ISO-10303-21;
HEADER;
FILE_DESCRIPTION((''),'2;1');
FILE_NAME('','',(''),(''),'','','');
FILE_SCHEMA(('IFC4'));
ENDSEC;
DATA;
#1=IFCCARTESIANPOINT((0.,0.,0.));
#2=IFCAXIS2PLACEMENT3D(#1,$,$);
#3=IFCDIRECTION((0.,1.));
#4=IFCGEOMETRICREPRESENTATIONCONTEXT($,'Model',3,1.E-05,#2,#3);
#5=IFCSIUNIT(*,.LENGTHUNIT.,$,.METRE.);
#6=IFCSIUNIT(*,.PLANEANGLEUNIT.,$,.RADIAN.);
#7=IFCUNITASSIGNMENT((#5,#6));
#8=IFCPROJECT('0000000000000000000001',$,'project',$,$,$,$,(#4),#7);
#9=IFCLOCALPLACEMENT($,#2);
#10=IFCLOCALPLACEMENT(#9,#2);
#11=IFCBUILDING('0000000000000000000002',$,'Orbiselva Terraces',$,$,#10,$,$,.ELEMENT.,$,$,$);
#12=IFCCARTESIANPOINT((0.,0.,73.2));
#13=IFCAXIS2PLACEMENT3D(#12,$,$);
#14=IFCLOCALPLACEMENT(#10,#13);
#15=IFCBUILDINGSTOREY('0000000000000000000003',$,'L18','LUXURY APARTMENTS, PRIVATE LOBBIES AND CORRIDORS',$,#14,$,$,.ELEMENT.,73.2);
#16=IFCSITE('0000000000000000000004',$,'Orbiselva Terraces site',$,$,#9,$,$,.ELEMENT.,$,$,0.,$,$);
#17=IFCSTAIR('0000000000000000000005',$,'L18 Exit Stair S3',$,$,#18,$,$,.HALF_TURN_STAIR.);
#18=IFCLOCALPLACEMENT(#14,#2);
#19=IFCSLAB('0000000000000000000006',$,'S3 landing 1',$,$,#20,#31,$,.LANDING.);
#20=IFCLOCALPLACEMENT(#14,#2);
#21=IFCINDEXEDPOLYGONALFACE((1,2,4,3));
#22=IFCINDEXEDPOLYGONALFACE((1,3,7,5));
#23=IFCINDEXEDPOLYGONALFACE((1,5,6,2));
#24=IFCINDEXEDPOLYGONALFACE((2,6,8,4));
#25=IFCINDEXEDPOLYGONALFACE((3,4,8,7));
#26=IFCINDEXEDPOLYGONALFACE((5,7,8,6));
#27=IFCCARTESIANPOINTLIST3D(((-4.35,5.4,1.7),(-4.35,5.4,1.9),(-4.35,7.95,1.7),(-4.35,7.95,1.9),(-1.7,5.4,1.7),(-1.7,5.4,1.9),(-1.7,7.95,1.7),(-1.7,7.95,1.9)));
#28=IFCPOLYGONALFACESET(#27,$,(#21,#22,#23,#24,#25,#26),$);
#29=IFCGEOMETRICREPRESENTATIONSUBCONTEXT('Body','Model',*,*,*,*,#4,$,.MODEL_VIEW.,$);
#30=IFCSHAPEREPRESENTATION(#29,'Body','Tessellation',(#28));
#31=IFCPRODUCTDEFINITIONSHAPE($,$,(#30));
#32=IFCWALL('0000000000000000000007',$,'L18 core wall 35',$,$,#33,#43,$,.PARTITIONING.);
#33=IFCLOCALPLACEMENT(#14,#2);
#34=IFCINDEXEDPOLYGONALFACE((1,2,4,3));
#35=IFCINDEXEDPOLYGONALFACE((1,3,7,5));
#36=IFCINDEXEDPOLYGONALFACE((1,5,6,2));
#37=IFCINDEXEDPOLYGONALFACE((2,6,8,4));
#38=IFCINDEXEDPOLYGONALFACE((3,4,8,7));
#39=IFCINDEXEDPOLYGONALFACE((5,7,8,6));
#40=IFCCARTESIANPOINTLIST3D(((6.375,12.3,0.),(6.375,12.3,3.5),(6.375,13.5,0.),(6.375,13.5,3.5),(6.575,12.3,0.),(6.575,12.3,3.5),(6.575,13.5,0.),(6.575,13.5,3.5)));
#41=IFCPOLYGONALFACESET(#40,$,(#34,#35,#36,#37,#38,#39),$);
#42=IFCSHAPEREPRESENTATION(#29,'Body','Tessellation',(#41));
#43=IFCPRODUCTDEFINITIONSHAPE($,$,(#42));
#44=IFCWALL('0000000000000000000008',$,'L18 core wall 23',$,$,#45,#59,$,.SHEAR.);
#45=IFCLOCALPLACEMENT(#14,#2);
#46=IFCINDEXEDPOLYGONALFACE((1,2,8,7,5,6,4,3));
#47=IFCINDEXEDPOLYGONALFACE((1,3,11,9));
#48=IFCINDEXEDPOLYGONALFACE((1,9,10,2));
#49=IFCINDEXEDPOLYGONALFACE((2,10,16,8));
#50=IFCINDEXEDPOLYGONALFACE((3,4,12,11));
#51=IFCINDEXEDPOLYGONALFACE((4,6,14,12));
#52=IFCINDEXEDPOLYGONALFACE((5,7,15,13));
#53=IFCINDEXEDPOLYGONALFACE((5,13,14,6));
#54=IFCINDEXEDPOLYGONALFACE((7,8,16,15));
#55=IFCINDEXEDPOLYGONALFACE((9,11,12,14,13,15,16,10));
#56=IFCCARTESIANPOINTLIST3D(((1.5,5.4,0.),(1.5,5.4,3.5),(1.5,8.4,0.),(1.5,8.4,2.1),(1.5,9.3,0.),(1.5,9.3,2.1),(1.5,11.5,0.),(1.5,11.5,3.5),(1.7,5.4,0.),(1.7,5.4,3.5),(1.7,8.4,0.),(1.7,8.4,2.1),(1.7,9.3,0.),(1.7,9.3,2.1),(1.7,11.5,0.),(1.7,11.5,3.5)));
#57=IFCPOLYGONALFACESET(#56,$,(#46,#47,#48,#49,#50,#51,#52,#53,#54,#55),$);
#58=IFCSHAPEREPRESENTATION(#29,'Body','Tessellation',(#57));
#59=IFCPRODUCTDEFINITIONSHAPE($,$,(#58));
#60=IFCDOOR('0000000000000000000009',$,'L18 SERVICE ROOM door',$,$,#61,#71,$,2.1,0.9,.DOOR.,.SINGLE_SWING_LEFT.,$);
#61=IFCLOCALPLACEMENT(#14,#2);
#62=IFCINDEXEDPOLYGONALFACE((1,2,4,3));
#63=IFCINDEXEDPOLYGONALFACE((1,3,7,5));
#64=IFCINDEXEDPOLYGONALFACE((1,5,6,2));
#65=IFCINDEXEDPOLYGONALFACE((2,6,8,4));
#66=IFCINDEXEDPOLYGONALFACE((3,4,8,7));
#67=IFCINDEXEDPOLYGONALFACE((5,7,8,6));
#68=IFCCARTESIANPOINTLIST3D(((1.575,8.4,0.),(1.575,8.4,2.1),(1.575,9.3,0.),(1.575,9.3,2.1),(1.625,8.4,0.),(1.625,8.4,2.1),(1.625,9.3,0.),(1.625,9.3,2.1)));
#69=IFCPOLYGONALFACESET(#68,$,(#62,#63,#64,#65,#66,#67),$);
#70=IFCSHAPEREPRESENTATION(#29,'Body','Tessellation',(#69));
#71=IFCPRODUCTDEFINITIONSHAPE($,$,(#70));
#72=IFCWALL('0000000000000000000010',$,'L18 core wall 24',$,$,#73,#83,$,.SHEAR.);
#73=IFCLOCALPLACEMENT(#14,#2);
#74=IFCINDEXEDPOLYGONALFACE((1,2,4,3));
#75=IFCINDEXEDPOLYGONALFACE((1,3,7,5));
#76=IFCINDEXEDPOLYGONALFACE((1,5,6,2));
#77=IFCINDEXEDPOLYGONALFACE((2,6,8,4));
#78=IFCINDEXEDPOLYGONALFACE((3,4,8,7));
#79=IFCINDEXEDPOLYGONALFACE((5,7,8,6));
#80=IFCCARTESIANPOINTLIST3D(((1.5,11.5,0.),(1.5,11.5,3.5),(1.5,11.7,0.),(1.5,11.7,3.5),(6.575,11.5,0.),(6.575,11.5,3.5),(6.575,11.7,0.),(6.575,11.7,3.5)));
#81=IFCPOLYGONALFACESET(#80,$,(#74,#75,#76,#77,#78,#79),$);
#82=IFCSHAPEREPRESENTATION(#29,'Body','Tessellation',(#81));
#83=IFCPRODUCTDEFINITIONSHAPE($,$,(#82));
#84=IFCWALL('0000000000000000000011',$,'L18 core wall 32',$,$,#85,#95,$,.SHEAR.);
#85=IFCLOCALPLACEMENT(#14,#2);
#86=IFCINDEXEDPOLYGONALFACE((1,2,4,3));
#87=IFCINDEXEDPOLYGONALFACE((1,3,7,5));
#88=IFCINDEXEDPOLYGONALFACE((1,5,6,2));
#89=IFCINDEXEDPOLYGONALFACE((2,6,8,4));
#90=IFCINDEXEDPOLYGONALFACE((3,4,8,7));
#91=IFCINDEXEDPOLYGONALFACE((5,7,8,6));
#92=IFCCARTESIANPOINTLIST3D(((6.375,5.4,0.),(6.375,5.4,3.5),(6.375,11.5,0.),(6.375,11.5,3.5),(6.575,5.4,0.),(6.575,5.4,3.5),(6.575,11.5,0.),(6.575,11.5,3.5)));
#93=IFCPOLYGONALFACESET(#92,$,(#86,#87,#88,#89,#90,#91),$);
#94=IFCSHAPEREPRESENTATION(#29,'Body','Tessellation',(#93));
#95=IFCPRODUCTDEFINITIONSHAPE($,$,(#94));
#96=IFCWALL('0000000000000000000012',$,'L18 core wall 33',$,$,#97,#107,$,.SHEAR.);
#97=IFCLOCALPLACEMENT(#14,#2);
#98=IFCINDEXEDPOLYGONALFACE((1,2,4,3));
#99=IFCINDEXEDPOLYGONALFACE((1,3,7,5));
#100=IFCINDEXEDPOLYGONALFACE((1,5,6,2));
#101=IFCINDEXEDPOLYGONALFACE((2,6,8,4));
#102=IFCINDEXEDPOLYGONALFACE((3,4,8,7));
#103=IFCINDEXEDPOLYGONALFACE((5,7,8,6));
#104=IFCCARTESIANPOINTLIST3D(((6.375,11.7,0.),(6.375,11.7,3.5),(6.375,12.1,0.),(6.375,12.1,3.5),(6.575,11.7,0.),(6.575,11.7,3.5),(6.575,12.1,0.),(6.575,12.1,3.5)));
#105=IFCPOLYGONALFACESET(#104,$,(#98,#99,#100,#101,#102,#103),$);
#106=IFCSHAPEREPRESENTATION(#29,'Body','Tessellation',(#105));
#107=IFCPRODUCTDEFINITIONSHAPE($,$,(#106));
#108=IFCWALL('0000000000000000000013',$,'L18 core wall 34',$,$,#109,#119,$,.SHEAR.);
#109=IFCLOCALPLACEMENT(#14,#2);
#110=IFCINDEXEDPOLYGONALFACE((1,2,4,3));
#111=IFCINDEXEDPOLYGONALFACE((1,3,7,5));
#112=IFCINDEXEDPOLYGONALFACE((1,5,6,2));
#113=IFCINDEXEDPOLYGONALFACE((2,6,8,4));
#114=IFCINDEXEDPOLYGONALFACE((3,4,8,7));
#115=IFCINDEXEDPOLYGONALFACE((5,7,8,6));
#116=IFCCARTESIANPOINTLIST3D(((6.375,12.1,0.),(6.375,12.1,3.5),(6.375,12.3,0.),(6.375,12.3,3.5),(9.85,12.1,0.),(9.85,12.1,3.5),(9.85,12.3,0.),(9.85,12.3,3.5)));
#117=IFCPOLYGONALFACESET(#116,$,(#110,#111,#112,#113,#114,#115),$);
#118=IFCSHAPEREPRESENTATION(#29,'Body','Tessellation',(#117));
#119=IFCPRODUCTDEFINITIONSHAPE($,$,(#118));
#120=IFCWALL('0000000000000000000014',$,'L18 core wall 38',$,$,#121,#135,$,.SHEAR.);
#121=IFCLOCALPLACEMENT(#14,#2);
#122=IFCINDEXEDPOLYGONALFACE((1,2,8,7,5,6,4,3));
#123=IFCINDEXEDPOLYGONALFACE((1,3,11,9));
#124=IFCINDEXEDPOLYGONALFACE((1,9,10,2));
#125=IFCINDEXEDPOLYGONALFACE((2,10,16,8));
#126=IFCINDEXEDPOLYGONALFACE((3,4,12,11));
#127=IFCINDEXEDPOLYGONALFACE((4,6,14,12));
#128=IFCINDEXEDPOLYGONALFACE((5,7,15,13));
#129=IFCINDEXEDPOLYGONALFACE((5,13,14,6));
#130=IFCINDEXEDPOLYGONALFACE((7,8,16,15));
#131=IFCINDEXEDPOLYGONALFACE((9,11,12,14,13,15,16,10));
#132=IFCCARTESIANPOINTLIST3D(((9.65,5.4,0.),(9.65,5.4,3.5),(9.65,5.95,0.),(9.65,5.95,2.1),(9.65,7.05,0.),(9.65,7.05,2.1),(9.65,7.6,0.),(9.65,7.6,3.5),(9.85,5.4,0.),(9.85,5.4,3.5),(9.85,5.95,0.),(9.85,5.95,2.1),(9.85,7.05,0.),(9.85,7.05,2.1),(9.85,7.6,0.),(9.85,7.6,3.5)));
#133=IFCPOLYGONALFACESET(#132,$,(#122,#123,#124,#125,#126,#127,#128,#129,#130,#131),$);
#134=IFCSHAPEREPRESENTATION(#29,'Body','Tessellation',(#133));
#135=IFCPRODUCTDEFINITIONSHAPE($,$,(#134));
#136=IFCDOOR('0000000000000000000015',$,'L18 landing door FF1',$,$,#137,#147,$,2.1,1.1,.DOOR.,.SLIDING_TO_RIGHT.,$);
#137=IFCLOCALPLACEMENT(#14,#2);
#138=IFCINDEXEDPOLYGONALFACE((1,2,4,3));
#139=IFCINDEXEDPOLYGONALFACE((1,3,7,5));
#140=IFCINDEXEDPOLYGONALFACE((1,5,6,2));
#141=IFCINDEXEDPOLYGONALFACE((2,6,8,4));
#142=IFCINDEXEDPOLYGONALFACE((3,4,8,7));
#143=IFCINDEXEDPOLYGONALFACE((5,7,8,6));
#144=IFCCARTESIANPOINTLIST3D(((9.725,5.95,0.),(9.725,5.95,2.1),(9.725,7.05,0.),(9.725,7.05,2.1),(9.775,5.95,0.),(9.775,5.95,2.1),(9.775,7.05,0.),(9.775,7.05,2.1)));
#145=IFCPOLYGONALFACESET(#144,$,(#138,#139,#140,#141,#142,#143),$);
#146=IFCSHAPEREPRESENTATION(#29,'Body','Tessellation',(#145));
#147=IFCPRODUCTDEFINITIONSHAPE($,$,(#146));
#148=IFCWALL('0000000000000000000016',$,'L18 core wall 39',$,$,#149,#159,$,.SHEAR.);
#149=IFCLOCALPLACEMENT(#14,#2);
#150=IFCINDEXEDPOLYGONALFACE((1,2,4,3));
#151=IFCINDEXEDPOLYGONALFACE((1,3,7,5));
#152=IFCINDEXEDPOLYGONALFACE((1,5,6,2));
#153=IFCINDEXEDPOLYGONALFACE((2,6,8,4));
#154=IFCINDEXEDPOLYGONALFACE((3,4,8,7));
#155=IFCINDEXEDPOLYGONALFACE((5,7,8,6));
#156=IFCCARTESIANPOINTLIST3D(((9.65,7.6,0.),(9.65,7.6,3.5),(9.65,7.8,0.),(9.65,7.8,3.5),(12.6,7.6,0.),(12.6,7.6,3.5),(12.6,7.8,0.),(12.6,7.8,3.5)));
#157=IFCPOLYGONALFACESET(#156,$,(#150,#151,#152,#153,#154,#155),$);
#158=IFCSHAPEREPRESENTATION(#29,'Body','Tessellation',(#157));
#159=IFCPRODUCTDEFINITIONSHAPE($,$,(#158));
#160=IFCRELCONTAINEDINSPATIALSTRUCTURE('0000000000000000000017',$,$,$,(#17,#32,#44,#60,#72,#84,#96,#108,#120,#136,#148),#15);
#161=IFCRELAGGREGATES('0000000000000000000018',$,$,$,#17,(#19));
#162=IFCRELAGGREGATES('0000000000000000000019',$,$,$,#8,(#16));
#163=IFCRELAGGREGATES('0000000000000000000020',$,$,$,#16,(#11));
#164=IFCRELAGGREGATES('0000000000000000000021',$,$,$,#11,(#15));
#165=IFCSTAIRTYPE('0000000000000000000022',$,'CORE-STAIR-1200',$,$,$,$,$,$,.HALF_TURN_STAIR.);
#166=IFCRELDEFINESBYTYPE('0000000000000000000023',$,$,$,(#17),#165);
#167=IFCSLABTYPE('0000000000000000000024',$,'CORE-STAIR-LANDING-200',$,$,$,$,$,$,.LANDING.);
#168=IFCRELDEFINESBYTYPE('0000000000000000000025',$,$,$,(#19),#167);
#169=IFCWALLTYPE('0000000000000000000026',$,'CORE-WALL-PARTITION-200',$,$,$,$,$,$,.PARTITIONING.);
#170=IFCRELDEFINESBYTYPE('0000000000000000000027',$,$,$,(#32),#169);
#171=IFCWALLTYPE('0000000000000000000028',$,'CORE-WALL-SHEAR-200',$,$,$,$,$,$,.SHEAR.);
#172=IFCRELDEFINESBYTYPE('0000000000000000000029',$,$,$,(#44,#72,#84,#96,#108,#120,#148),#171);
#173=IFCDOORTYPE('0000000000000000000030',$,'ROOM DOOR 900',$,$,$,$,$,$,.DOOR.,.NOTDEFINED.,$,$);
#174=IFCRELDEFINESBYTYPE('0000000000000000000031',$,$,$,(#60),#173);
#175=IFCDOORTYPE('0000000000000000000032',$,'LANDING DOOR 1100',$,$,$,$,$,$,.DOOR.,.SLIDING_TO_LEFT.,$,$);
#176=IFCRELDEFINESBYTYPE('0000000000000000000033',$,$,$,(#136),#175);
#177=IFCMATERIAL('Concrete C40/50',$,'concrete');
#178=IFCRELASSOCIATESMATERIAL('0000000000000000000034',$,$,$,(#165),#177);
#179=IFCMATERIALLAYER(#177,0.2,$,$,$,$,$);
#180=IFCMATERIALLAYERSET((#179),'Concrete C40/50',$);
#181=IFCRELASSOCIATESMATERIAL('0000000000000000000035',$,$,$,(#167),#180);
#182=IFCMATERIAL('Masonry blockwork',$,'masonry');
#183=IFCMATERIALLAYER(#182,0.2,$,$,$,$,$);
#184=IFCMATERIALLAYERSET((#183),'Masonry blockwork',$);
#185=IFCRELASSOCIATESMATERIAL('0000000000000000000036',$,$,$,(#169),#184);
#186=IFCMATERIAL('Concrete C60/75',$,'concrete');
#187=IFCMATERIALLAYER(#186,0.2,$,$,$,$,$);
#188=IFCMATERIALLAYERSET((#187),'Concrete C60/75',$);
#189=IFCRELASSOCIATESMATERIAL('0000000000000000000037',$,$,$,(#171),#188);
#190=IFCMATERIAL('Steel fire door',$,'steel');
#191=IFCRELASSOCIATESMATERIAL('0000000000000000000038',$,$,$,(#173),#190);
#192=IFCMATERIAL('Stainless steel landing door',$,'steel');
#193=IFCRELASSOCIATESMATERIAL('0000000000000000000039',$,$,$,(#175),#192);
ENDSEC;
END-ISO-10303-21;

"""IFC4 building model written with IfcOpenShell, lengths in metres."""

from ifc_helpers import new_model, si_unit, direction, frame, frame_2d, origin, place, context, subcontext, project, spatial, polyline, rectangle, outline, extrude, material, layer, layer_set, type_object, element, fill, aggregate, save


model = new_model("IFC4")

# Units and contexts
model_context = context("Model", 3, precision=1e-05, world=origin(), true_north=direction((0.0, 1.0)))
body_context = subcontext(model_context, "Body", "Model", "MODEL_VIEW")
ifc_project = project(units=[si_unit("LENGTHUNIT", "METRE"), si_unit("PLANEANGLEUNIT", "RADIAN")], contexts=[model_context])

# Site, building, storey
site_placement = place(None, origin())
site = spatial("IfcSite", under=ifc_project, at=site_placement, Name="Orbiselva Terraces site", CompositionType="ELEMENT", RefElevation=0.0)
building_placement = place(site_placement, origin())
building = spatial("IfcBuilding", under=site, at=building_placement, Name="Orbiselva Terraces", CompositionType="ELEMENT")
storey_placement = place(building_placement, frame((0.0, 0.0, 73.2)))
storey = spatial("IfcBuildingStorey", under=building, at=storey_placement, Name="L18", Description="LUXURY APARTMENTS, PRIVATE LOBBIES AND CORRIDORS", CompositionType="ELEMENT", Elevation=73.2)

# Stair, slab
ifc_material_1 = material(Name="Concrete C40/50", Category="concrete")
stair_type = type_object("IfcStairType", Name="CORE-STAIR-1200", PredefinedType="HALF_TURN_STAIR", material=ifc_material_1)
stair_placement = place(storey_placement, origin())
stair = element("IfcStair", 1, at=stair_placement, inside=storey, type_object=stair_type, Name="L18 Exit Stair S3", PredefinedType="HALF_TURN_STAIR")
ifc_layer_1 = layer(ifc_material_1, 0.2)
ifc_layer_set_1 = layer_set([ifc_layer_1], Name="Concrete C40/50")
slab_type = type_object("IfcSlabType", Name="CORE-STAIR-LANDING-200", PredefinedType="LANDING", material=ifc_layer_set_1)
slab_placement = place(storey_placement, frame((0.0, 0.0, 1.7)))
slab = element("IfcSlab", 2, at=slab_placement, type_object=slab_type, Name="S3 landing 1", PredefinedType="LANDING", context=body_context, shape_type="SweptSolid", body=[
    extrude(outline(polyline([(-4.35, 5.4), (-1.7, 5.4), (-1.7, 7.95), (-4.35, 7.95), (-4.35, 5.4)])), origin(), (0.0, 0.0, 1.0), 0.2),
])
aggregate(stair, [slab])

# Wall
ifc_material_2 = material(Name="Masonry blockwork", Category="masonry")
ifc_layer_2 = layer(ifc_material_2, 0.2)
ifc_layer_set_2 = layer_set([ifc_layer_2], Name="Masonry blockwork")
wall_type_1 = type_object("IfcWallType", Name="CORE-WALL-PARTITION-200", PredefinedType="PARTITIONING", material=ifc_layer_set_2)
wall_1_placement = place(storey_placement, frame((6.475, 12.3, 0.0), z_axis=(0.0, 0.0, 1.0), x_axis=(0.0, 1.0, 0.0)))
element("IfcWall", 3, at=wall_1_placement, inside=storey, type_object=wall_type_1, Name="L18 core wall 35", PredefinedType="PARTITIONING", context=body_context, shape_type="SweptSolid", body=[
    extrude(rectangle(XDim=1.2, YDim=0.2, at=frame_2d((0.6, 0.0))), origin(), (0.0, 0.0, 1.0), 3.5),
])

# Wall, opening, door
ifc_material_3 = material(Name="Concrete C60/75", Category="concrete")
ifc_layer_3 = layer(ifc_material_3, 0.2)
ifc_layer_set_3 = layer_set([ifc_layer_3], Name="Concrete C60/75")
wall_type_2 = type_object("IfcWallType", Name="CORE-WALL-SHEAR-200", PredefinedType="SHEAR", material=ifc_layer_set_3)
wall_2_placement = place(storey_placement, frame((1.6, 11.5, 0.0), z_axis=(0.0, 0.0, 1.0), x_axis=(0.0, -1.0, 0.0)))
wall_2 = element("IfcWall", 4, at=wall_2_placement, inside=storey, type_object=wall_type_2, Name="L18 core wall 23", PredefinedType="SHEAR", context=body_context, shape_type="SweptSolid", body=[
    extrude(rectangle(XDim=6.1, YDim=0.2, at=frame_2d((3.05, 0.0))), origin(), (0.0, 0.0, 1.0), 3.5),
])
opening_1_placement = place(wall_2_placement, frame((2.2, 0.0, 0.0)))
opening_1 = element("IfcOpeningElement", 5, at=opening_1_placement, cuts=wall_2, PredefinedType="OPENING", context=body_context, shape_type="SweptSolid", body=[
    extrude(rectangle(XDim=0.9, YDim=2.1, at=frame_2d((0.45, 1.05))), frame((0.0, 0.11, 0.0), z_axis=(0.0, -1.0, 0.0), x_axis=(1.0, 0.0, 0.0)), (0.0, 0.0, 1.0), 0.22),
])
ifc_material_4 = material(Name="Steel fire door", Category="steel")
door_type_1 = type_object("IfcDoorType", Name="ROOM DOOR 900", OperationType="NOTDEFINED", PredefinedType="DOOR", material=ifc_material_4)
door_1_placement = place(opening_1_placement, origin())
door_1 = element("IfcDoor", 6, at=door_1_placement, inside=storey, type_object=door_type_1, Name="L18 SERVICE ROOM door", OperationType="SINGLE_SWING_LEFT", OverallHeight=2.1, OverallWidth=0.9, PredefinedType="DOOR", context=body_context, shape_type="SweptSolid", body=[
    extrude(rectangle(XDim=0.9, YDim=2.1, at=frame_2d((0.45, 1.05))), frame((0.0, 0.025, 0.0), z_axis=(0.0, -1.0, 0.0), x_axis=(1.0, 0.0, 0.0)), (0.0, 0.0, 1.0), 0.05),
])
fill(opening_1, door_1)

# Walls
wall_3_placement = place(storey_placement, frame((1.5, 11.6, 0.0), z_axis=(0.0, 0.0, 1.0), x_axis=(1.0, 0.0, 0.0)))
element("IfcWall", 7, at=wall_3_placement, inside=storey, type_object=wall_type_2, Name="L18 core wall 24", PredefinedType="SHEAR", context=body_context, shape_type="SweptSolid", body=[
    extrude(rectangle(XDim=5.075, YDim=0.2, at=frame_2d((2.5375, 0.0))), origin(), (0.0, 0.0, 1.0), 3.5),
])
wall_4_placement = place(storey_placement, frame((6.475, 5.4, 0.0), z_axis=(0.0, 0.0, 1.0), x_axis=(0.0, 1.0, 0.0)))
element("IfcWall", 8, at=wall_4_placement, inside=storey, type_object=wall_type_2, Name="L18 core wall 32", PredefinedType="SHEAR", context=body_context, shape_type="SweptSolid", body=[
    extrude(rectangle(XDim=6.1, YDim=0.2, at=frame_2d((3.05, 0.0))), origin(), (0.0, 0.0, 1.0), 3.5),
])
wall_5_placement = place(storey_placement, frame((6.475, 11.7, 0.0), z_axis=(0.0, 0.0, 1.0), x_axis=(0.0, 1.0, 0.0)))
element("IfcWall", 9, at=wall_5_placement, inside=storey, type_object=wall_type_2, Name="L18 core wall 33", PredefinedType="SHEAR", context=body_context, shape_type="SweptSolid", body=[
    extrude(rectangle(XDim=0.4, YDim=0.2, at=frame_2d((0.2, 0.0))), origin(), (0.0, 0.0, 1.0), 3.5),
])
wall_6_placement = place(storey_placement, frame((6.375, 12.2, 0.0), z_axis=(0.0, 0.0, 1.0), x_axis=(1.0, 0.0, 0.0)))
element("IfcWall", 10, at=wall_6_placement, inside=storey, type_object=wall_type_2, Name="L18 core wall 34", PredefinedType="SHEAR", context=body_context, shape_type="SweptSolid", body=[
    extrude(rectangle(XDim=3.475, YDim=0.2, at=frame_2d((1.7375, 0.0))), origin(), (0.0, 0.0, 1.0), 3.5),
])

# Wall, opening, door
wall_7_placement = place(storey_placement, frame((9.75, 5.4, 0.0), z_axis=(0.0, 0.0, 1.0), x_axis=(0.0, 1.0, 0.0)))
wall_7 = element("IfcWall", 11, at=wall_7_placement, inside=storey, type_object=wall_type_2, Name="L18 core wall 38", PredefinedType="SHEAR", context=body_context, shape_type="SweptSolid", body=[
    extrude(rectangle(XDim=2.2, YDim=0.2, at=frame_2d((1.1, 0.0))), origin(), (0.0, 0.0, 1.0), 3.5),
])
opening_2_placement = place(wall_7_placement, frame((0.55, 0.0, 0.0)))
opening_2 = element("IfcOpeningElement", 12, at=opening_2_placement, cuts=wall_7, PredefinedType="OPENING", context=body_context, shape_type="SweptSolid", body=[
    extrude(rectangle(XDim=1.1, YDim=2.1, at=frame_2d((0.55, 1.05))), frame((0.0, 0.11, 0.0), z_axis=(0.0, -1.0, 0.0), x_axis=(1.0, 0.0, 0.0)), (0.0, 0.0, 1.0), 0.22),
])
ifc_material_5 = material(Name="Stainless steel landing door", Category="steel")
door_type_2 = type_object("IfcDoorType", Name="LANDING DOOR 1100", OperationType="SLIDING_TO_LEFT", PredefinedType="DOOR", material=ifc_material_5)
door_2_placement = place(opening_2_placement, origin())
door_2 = element("IfcDoor", 13, at=door_2_placement, inside=storey, type_object=door_type_2, Name="L18 landing door FF1", OperationType="SLIDING_TO_RIGHT", OverallHeight=2.1, OverallWidth=1.1, PredefinedType="DOOR", context=body_context, shape_type="SweptSolid", body=[
    extrude(rectangle(XDim=1.1, YDim=2.1, at=frame_2d((0.55, 1.05))), frame((0.0, 0.025, 0.0), z_axis=(0.0, -1.0, 0.0), x_axis=(1.0, 0.0, 0.0)), (0.0, 0.0, 1.0), 0.05),
])
fill(opening_2, door_2)

# Wall
wall_8_placement = place(storey_placement, frame((9.65, 7.7, 0.0), z_axis=(0.0, 0.0, 1.0), x_axis=(1.0, 0.0, 0.0)))
element("IfcWall", 14, at=wall_8_placement, inside=storey, type_object=wall_type_2, Name="L18 core wall 39", PredefinedType="SHEAR", context=body_context, shape_type="SweptSolid", body=[
    extrude(rectangle(XDim=2.95, YDim=0.2, at=frame_2d((1.475, 0.0))), origin(), (0.0, 0.0, 1.0), 3.5),
])

save(model, "model.ifc")
